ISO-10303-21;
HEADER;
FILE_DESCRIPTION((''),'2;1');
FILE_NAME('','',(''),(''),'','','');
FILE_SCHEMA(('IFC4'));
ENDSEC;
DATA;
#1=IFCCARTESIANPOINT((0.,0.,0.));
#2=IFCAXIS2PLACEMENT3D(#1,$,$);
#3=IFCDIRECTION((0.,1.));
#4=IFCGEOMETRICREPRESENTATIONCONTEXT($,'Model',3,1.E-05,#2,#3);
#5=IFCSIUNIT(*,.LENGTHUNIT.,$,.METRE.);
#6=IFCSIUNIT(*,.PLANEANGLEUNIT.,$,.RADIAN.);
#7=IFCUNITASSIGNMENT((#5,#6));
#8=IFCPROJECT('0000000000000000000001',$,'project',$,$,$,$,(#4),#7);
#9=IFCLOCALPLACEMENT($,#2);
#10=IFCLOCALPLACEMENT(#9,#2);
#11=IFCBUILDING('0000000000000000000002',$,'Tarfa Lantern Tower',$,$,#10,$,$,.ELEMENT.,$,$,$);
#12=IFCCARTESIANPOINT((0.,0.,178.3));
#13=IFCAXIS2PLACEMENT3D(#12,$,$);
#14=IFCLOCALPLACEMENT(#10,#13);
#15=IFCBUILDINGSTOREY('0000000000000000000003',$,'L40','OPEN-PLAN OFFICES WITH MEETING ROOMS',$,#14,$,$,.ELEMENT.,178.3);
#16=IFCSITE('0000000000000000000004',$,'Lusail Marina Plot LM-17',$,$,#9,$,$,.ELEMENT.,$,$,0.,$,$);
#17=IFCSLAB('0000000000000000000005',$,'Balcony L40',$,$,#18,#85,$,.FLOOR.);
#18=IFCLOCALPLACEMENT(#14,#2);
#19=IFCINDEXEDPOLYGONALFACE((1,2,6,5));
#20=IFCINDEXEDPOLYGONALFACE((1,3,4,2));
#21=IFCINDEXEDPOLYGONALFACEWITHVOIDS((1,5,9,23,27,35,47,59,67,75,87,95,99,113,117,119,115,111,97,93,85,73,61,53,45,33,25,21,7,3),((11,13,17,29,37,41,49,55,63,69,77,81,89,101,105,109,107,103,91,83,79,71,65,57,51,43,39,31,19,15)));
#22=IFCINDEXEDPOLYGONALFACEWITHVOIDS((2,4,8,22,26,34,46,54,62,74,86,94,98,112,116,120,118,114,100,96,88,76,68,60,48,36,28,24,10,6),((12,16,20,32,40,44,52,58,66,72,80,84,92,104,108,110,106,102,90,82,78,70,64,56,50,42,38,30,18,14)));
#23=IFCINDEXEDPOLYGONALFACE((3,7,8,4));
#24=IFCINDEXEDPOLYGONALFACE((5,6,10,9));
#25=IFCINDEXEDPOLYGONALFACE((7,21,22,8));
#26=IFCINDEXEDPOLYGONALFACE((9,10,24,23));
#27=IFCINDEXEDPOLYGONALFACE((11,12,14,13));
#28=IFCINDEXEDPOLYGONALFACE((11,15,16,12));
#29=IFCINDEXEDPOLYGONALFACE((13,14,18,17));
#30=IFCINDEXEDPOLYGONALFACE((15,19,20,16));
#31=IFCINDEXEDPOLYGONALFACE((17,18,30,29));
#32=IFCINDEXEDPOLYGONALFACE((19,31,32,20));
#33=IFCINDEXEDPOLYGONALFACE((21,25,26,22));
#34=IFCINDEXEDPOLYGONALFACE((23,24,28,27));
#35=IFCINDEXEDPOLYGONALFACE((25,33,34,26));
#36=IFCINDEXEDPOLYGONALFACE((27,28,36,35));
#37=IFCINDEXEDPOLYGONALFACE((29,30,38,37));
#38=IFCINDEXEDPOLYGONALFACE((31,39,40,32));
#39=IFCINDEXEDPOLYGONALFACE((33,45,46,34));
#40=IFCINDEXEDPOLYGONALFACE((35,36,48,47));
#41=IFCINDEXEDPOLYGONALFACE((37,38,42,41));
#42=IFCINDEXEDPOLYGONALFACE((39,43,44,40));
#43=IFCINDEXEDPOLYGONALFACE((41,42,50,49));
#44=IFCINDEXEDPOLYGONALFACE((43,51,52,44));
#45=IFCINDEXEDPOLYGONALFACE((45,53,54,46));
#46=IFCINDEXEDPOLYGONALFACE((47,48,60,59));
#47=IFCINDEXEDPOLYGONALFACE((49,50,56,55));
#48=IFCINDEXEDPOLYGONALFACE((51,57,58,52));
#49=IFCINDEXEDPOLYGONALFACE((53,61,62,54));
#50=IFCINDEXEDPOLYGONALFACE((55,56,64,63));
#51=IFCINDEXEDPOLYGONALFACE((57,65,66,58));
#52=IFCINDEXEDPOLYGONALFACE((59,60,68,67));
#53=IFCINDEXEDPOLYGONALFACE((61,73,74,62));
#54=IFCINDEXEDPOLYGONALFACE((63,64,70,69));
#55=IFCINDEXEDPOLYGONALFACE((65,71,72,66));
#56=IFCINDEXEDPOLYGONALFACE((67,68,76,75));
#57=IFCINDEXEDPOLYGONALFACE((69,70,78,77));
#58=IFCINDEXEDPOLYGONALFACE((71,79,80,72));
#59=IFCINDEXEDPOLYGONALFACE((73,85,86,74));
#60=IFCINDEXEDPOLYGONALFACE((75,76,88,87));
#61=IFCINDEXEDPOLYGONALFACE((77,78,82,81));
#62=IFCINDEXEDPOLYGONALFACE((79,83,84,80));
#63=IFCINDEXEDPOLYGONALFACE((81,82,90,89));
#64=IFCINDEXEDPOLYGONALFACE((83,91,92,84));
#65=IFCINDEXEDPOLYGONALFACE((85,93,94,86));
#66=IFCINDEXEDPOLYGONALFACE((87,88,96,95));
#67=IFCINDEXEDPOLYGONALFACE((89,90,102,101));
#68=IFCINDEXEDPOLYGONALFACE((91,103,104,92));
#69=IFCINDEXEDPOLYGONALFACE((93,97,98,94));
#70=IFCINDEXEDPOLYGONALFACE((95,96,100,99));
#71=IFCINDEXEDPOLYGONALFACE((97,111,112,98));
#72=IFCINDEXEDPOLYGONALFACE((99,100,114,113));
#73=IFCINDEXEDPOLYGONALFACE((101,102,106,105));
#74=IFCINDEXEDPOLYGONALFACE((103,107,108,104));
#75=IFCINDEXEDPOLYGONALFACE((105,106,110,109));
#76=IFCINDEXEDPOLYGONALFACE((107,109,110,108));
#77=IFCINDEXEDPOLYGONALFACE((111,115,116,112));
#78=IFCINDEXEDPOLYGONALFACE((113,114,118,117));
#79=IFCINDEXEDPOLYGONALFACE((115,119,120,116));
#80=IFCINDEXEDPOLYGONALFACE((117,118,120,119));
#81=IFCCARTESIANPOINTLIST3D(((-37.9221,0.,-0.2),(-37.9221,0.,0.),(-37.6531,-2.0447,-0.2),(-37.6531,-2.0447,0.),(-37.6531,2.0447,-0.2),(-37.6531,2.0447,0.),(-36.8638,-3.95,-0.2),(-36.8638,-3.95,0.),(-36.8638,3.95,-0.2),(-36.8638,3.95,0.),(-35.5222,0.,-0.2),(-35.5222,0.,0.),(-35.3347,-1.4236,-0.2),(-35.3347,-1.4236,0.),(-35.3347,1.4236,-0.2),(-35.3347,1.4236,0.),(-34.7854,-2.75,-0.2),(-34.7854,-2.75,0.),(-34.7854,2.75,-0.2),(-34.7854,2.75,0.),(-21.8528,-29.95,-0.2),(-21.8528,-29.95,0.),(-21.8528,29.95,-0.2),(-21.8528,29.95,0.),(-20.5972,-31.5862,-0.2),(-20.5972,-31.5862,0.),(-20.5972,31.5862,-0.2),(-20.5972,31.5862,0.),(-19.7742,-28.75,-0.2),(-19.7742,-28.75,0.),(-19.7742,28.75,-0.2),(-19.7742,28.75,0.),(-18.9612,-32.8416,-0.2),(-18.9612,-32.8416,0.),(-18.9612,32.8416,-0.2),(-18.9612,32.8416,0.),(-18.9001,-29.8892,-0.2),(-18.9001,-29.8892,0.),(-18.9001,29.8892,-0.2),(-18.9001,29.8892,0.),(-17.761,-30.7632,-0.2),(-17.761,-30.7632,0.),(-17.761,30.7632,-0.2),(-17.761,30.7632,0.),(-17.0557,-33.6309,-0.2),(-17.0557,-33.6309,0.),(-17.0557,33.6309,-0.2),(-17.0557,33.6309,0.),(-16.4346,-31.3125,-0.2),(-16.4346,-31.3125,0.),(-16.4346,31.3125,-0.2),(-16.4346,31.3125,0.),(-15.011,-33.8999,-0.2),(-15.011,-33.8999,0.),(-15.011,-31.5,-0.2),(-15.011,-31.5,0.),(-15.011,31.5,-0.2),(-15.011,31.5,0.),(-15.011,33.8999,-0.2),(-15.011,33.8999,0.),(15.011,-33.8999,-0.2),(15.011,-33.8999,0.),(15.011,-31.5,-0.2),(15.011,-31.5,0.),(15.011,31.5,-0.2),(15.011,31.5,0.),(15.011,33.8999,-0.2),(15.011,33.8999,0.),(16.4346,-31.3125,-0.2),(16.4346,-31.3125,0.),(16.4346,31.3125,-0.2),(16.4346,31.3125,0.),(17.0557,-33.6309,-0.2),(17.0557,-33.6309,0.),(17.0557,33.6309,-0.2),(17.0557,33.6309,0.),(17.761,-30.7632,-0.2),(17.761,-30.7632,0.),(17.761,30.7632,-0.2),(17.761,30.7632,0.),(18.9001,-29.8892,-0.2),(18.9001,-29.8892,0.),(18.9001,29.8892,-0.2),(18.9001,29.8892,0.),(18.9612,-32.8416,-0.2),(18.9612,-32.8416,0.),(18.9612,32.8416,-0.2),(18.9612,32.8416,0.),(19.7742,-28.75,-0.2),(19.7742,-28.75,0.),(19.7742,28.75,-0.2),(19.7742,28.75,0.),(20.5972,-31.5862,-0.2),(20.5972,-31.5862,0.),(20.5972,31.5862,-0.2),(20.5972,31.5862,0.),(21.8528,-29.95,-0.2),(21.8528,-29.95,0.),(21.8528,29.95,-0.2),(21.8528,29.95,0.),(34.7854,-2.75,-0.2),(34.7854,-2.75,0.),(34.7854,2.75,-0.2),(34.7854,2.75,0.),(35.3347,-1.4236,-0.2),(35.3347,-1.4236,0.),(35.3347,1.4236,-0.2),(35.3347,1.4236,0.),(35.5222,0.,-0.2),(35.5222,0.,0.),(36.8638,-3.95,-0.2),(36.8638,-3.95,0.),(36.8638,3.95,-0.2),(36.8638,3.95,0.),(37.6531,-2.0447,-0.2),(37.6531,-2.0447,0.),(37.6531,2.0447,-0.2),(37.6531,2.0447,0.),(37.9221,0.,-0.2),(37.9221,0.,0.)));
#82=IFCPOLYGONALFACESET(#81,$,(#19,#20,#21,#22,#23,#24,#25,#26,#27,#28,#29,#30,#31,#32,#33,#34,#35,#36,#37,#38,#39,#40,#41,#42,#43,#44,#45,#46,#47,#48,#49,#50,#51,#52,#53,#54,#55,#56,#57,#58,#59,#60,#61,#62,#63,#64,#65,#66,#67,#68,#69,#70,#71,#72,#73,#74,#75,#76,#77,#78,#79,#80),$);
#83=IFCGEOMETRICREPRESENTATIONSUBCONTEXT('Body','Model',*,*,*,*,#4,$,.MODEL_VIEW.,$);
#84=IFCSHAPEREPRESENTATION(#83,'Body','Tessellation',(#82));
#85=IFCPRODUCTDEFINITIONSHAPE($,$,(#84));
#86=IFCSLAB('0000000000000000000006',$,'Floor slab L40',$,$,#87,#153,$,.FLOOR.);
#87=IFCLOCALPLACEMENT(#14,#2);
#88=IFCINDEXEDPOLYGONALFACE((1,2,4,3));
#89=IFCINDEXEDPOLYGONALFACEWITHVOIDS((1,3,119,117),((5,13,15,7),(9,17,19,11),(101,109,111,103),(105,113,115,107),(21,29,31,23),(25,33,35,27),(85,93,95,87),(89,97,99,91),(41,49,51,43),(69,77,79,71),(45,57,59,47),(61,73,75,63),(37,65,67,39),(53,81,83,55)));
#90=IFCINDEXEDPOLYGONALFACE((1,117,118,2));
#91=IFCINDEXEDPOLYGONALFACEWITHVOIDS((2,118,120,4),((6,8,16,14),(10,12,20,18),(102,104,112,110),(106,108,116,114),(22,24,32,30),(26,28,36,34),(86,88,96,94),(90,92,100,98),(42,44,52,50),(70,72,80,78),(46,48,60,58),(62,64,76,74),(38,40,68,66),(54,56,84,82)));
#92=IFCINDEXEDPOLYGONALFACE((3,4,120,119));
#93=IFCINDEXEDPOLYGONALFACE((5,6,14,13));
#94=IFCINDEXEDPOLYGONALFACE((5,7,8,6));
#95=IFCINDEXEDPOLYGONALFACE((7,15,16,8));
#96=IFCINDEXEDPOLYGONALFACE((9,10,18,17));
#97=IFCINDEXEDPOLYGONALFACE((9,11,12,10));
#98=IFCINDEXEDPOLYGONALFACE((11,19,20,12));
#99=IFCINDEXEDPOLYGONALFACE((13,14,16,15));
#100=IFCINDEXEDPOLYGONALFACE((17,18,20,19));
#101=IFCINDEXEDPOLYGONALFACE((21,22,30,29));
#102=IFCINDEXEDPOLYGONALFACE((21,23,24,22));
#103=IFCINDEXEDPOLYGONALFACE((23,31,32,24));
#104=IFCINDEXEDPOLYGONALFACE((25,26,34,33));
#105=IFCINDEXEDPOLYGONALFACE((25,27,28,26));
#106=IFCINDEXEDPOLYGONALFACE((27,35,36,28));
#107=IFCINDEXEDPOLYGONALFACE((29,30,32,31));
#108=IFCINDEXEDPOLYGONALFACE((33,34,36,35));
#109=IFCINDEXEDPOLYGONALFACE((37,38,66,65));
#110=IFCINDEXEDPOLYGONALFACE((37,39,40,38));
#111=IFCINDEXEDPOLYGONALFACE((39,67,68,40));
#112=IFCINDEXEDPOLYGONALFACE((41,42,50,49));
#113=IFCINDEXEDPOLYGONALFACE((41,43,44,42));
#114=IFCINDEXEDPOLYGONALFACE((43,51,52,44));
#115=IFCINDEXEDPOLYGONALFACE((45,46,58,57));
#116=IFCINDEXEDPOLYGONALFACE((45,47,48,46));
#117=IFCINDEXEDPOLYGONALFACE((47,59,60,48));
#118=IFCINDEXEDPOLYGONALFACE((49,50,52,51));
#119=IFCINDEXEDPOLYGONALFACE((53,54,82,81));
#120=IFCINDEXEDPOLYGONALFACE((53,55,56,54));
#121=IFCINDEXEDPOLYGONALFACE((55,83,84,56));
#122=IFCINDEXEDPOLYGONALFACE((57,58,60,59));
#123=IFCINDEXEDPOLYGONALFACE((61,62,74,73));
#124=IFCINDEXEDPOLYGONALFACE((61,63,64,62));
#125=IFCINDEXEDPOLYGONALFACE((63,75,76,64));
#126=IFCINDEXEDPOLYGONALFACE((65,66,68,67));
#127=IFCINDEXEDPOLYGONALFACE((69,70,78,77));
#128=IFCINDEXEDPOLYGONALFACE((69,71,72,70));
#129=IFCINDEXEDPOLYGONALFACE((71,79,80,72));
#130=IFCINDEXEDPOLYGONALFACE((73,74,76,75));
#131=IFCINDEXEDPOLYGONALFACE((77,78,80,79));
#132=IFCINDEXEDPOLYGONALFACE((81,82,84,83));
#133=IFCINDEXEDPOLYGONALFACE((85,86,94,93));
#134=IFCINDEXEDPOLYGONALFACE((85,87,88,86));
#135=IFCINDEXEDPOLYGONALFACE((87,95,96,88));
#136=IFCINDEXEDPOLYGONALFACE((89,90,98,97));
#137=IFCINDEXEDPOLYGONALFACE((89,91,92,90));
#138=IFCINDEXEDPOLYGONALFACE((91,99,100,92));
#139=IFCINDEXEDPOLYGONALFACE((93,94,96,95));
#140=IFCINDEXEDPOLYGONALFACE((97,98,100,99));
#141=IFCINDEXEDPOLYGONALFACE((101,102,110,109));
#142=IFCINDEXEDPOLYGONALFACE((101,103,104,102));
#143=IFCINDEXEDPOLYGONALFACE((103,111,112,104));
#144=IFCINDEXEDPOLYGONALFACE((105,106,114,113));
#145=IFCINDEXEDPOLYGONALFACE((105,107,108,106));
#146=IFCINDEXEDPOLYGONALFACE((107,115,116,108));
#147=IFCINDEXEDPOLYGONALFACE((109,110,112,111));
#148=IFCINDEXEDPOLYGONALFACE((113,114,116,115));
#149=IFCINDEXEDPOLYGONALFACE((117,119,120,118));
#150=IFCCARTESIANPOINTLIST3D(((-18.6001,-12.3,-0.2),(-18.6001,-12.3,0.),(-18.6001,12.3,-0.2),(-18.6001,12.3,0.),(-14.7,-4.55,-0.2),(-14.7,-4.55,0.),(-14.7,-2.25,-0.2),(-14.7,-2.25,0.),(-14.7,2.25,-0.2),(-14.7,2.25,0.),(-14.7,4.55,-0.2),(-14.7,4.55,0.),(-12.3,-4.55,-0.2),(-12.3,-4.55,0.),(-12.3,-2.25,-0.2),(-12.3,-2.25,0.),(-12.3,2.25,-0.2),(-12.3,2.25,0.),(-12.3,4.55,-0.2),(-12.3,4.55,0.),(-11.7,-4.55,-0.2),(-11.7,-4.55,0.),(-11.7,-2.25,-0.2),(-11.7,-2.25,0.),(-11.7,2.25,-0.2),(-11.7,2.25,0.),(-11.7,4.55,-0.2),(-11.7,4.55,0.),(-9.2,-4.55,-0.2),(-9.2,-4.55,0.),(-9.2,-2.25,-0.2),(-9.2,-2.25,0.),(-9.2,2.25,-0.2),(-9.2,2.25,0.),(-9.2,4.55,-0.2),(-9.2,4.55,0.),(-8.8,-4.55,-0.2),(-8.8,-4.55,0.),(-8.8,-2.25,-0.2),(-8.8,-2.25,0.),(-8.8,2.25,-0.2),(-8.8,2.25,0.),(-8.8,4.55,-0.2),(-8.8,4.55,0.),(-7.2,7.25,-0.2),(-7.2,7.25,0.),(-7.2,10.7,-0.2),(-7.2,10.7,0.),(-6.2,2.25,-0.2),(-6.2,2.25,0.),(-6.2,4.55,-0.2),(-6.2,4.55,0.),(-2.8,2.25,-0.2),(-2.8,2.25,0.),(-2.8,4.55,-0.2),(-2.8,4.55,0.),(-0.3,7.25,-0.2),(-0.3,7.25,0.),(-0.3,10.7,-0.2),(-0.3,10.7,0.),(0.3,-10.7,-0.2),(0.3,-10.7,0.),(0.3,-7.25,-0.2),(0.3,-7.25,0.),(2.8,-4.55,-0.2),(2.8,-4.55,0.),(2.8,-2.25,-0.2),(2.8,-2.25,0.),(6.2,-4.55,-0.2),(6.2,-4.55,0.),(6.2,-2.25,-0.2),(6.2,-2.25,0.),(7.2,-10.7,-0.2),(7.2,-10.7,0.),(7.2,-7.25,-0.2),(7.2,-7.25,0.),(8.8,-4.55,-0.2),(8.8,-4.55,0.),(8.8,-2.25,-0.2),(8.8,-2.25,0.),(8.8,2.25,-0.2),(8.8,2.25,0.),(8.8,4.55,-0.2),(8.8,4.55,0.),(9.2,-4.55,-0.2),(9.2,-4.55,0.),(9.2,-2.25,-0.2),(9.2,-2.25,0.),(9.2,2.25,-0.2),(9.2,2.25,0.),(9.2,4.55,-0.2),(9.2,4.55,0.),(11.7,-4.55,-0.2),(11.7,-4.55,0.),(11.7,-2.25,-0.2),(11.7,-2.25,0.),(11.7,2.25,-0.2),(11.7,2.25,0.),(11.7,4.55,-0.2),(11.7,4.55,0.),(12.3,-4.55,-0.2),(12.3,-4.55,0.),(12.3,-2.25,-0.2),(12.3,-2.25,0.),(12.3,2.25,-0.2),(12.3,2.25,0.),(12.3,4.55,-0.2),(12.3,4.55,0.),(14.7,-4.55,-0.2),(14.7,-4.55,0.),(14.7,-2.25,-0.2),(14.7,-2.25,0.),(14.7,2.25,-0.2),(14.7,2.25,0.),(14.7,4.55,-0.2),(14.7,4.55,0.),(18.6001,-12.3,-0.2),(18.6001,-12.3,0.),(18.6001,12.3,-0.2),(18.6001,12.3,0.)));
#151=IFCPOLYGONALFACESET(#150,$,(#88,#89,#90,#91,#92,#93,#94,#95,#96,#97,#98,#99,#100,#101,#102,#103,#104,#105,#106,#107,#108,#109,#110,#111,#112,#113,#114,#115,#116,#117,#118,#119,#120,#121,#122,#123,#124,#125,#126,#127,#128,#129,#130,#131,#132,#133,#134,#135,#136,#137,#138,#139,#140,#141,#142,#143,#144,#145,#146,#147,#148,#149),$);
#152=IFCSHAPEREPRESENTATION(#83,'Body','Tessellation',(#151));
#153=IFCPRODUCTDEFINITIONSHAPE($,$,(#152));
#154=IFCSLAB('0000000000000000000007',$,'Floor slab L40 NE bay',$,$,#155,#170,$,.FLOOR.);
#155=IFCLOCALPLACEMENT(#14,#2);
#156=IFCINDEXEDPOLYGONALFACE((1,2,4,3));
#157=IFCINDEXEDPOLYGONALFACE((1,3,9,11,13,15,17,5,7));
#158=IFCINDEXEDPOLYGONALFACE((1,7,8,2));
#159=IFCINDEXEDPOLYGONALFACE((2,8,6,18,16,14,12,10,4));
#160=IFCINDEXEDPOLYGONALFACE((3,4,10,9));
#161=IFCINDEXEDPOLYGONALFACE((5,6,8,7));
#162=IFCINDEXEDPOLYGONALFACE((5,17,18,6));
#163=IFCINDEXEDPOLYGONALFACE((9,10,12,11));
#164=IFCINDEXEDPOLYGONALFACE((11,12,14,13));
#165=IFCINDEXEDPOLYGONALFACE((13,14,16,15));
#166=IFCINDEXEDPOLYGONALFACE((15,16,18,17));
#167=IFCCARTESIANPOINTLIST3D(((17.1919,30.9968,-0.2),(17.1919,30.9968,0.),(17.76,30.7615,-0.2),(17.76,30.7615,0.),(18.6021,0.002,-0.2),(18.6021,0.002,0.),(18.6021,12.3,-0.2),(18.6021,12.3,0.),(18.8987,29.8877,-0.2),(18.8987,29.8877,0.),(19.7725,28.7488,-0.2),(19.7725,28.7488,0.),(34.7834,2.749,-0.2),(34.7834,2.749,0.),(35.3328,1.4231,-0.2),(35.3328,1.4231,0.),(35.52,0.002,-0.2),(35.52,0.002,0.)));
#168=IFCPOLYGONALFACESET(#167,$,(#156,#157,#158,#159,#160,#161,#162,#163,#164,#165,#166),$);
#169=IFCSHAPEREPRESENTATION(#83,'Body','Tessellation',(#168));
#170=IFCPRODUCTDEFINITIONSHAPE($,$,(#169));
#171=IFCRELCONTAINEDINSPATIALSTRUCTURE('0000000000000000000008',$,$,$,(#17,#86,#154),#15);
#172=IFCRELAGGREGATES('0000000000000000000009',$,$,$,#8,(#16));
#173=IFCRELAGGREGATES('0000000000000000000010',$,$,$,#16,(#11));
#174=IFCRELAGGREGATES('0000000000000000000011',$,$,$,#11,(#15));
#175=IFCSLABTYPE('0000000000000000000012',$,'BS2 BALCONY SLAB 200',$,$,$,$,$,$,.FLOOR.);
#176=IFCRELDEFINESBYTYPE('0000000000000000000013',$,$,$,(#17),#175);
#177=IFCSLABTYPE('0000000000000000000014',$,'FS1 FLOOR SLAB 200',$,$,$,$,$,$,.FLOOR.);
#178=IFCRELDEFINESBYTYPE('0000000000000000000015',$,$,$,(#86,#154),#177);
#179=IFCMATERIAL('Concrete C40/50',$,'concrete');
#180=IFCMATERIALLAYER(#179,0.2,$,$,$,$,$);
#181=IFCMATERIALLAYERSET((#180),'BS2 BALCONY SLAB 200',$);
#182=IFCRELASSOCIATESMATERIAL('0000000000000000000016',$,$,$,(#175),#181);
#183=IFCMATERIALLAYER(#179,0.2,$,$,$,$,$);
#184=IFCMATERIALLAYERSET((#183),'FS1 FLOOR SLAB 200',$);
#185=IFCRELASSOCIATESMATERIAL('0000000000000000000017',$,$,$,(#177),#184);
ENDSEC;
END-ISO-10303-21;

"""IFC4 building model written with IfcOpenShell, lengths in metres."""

from ifc_helpers import new_model, si_unit, direction, frame, origin, place, context, subcontext, project, spatial, polyline, outline, extrude, material, layer, layer_set, type_object, element, save


model = new_model("IFC4")

# Units and contexts
model_context = context("Model", 3, precision=1e-05, world=origin(), true_north=direction((0.0, 1.0)))
body_context = subcontext(model_context, "Body", "Model", "MODEL_VIEW")
ifc_project = project(units=[si_unit("LENGTHUNIT", "METRE"), si_unit("PLANEANGLEUNIT", "RADIAN")], contexts=[model_context])

# Site, building, storey
site_placement = place(None, origin())
site = spatial("IfcSite", under=ifc_project, at=site_placement, Name="Lusail Marina Plot LM-17", CompositionType="ELEMENT", RefElevation=0.0)
building_placement = place(site_placement, origin())
building = spatial("IfcBuilding", under=site, at=building_placement, Name="Tarfa Lantern Tower", CompositionType="ELEMENT")
storey_placement = place(building_placement, frame((0.0, 0.0, 178.3)))
storey = spatial("IfcBuildingStorey", under=building, at=storey_placement, Name="L40", Description="OPEN-PLAN OFFICES WITH MEETING ROOMS", CompositionType="ELEMENT", Elevation=178.3)

# Slabs
ifc_material_1 = material(Name="Concrete C40/50", Category="concrete")
ifc_layer_1 = layer(ifc_material_1, 0.2)
ifc_layer_set_1 = layer_set([ifc_layer_1], Name="BS2 BALCONY SLAB 200")
slab_type_1 = type_object("IfcSlabType", Name="BS2 BALCONY SLAB 200", PredefinedType="FLOOR", material=ifc_layer_set_1)
slab_1_placement = place(storey_placement, frame((0.0, 0.0, -0.2)))
element("IfcSlab", 1, at=slab_1_placement, inside=storey, type_object=slab_type_1, Name="Balcony L40", PredefinedType="FLOOR", context=body_context, shape_type="SweptSolid", body=[
    extrude(outline(polyline([(36.8638, 3.95), (21.8528, 29.95), (20.5972, 31.5862), (18.9612, 32.8416), (17.0557, 33.6309), (15.011, 33.8999), (-15.011, 33.8999), (-17.0557, 33.6309), (-18.9612, 32.8416), (-20.5972, 31.5862), (-21.8528, 29.95), (-36.8638, 3.95), (-37.6531, 2.0447), (-37.9221, 0.0), (-37.6531, -2.0447), (-36.8638, -3.95), (-21.8528, -29.95), (-20.5972, -31.5862), (-18.9612, -32.8416), (-17.0557, -33.6309), (-15.011, -33.8999), (15.011, -33.8999), (17.0557, -33.6309), (18.9612, -32.8416), (20.5972, -31.5862), (21.8528, -29.95), (36.8638, -3.95), (37.6531, -2.0447), (37.9221, 0.0), (37.6531, 2.0447), (36.8638, 3.95)]), holes=[polyline([(34.7854, 2.75), (19.7742, 28.75), (18.9001, 29.8892), (17.761, 30.7632), (16.4346, 31.3125), (15.011, 31.5), (-15.011, 31.5), (-16.4346, 31.3125), (-17.761, 30.7632), (-18.9001, 29.8892), (-19.7742, 28.75), (-34.7854, 2.75), (-35.3347, 1.4236), (-35.5222, 0.0), (-35.3347, -1.4236), (-34.7854, -2.75), (-19.7742, -28.75), (-18.9001, -29.8892), (-17.761, -30.7632), (-16.4346, -31.3125), (-15.011, -31.5), (15.011, -31.5), (16.4346, -31.3125), (17.761, -30.7632), (18.9001, -29.8892), (19.7742, -28.75), (34.7854, -2.75), (35.3347, -1.4236), (35.5222, 0.0), (35.3347, 1.4236), (34.7854, 2.75)])]), origin(), (0.0, 0.0, 1.0), 0.2),
])
ifc_layer_2 = layer(ifc_material_1, 0.2)
ifc_layer_set_2 = layer_set([ifc_layer_2], Name="FS1 FLOOR SLAB 200")
slab_type_2 = type_object("IfcSlabType", Name="FS1 FLOOR SLAB 200", PredefinedType="FLOOR", material=ifc_layer_set_2)
slab_2_placement = place(storey_placement, frame((0.0, 0.0, -0.2)))
element("IfcSlab", 2, at=slab_2_placement, inside=storey, type_object=slab_type_2, Name="Floor slab L40", PredefinedType="FLOOR", context=body_context, shape_type="SweptSolid", body=[
    extrude(outline(polyline([(-18.6001, -12.3), (18.6001, -12.3), (18.6001, 12.3), (-18.6001, 12.3), (-18.6001, -12.3)]), holes=[polyline([(-14.7, 2.25), (-12.3, 2.25), (-12.3, 4.55), (-14.7, 4.55), (-14.7, 2.25)]), polyline([(-11.7, 2.25), (-9.2, 2.25), (-9.2, 4.55), (-11.7, 4.55), (-11.7, 2.25)]), polyline([(-8.8, 2.25), (-6.2, 2.25), (-6.2, 4.55), (-8.8, 4.55), (-8.8, 2.25)]), polyline([(-2.8, 2.25), (8.8, 2.25), (8.8, 4.55), (-2.8, 4.55), (-2.8, 2.25)]), polyline([(9.2, 2.25), (11.7, 2.25), (11.7, 4.55), (9.2, 4.55), (9.2, 2.25)]), polyline([(12.3, 2.25), (14.7, 2.25), (14.7, 4.55), (12.3, 4.55), (12.3, 2.25)]), polyline([(14.7, -2.25), (12.3, -2.25), (12.3, -4.55), (14.7, -4.55), (14.7, -2.25)]), polyline([(11.7, -2.25), (9.2, -2.25), (9.2, -4.55), (11.7, -4.55), (11.7, -2.25)]), polyline([(8.8, -2.25), (6.2, -2.25), (6.2, -4.55), (8.8, -4.55), (8.8, -2.25)]), polyline([(2.8, -2.25), (-8.8, -2.25), (-8.8, -4.55), (2.8, -4.55), (2.8, -2.25)]), polyline([(-9.2, -2.25), (-11.7, -2.25), (-11.7, -4.55), (-9.2, -4.55), (-9.2, -2.25)]), polyline([(-12.3, -2.25), (-14.7, -2.25), (-14.7, -4.55), (-12.3, -4.55), (-12.3, -2.25)]), polyline([(-7.2, 7.25), (-0.3, 7.25), (-0.3, 10.7), (-7.2, 10.7), (-7.2, 7.25)]), polyline([(7.2, -7.25), (0.3, -7.25), (0.3, -10.7), (7.2, -10.7), (7.2, -7.25)])]), origin(), (0.0, 0.0, 1.0), 0.2),
])
slab_3_placement = place(storey_placement, frame((0.0, 0.0, -0.2)))
element("IfcSlab", 3, at=slab_3_placement, inside=storey, type_object=slab_type_2, Name="Floor slab L40 NE bay", PredefinedType="FLOOR", context=body_context, shape_type="SweptSolid", body=[
    extrude(outline(polyline([(34.7834, 2.749), (19.7725, 28.7488), (18.8987, 29.8877), (17.76, 30.7615), (17.1919, 30.9968), (18.6021, 12.3), (18.6021, 0.002), (35.52, 0.002), (35.3328, 1.4231), (34.7834, 2.749)])), origin(), (0.0, 0.0, 1.0), 0.2),
])

save(model, "model.ifc")
